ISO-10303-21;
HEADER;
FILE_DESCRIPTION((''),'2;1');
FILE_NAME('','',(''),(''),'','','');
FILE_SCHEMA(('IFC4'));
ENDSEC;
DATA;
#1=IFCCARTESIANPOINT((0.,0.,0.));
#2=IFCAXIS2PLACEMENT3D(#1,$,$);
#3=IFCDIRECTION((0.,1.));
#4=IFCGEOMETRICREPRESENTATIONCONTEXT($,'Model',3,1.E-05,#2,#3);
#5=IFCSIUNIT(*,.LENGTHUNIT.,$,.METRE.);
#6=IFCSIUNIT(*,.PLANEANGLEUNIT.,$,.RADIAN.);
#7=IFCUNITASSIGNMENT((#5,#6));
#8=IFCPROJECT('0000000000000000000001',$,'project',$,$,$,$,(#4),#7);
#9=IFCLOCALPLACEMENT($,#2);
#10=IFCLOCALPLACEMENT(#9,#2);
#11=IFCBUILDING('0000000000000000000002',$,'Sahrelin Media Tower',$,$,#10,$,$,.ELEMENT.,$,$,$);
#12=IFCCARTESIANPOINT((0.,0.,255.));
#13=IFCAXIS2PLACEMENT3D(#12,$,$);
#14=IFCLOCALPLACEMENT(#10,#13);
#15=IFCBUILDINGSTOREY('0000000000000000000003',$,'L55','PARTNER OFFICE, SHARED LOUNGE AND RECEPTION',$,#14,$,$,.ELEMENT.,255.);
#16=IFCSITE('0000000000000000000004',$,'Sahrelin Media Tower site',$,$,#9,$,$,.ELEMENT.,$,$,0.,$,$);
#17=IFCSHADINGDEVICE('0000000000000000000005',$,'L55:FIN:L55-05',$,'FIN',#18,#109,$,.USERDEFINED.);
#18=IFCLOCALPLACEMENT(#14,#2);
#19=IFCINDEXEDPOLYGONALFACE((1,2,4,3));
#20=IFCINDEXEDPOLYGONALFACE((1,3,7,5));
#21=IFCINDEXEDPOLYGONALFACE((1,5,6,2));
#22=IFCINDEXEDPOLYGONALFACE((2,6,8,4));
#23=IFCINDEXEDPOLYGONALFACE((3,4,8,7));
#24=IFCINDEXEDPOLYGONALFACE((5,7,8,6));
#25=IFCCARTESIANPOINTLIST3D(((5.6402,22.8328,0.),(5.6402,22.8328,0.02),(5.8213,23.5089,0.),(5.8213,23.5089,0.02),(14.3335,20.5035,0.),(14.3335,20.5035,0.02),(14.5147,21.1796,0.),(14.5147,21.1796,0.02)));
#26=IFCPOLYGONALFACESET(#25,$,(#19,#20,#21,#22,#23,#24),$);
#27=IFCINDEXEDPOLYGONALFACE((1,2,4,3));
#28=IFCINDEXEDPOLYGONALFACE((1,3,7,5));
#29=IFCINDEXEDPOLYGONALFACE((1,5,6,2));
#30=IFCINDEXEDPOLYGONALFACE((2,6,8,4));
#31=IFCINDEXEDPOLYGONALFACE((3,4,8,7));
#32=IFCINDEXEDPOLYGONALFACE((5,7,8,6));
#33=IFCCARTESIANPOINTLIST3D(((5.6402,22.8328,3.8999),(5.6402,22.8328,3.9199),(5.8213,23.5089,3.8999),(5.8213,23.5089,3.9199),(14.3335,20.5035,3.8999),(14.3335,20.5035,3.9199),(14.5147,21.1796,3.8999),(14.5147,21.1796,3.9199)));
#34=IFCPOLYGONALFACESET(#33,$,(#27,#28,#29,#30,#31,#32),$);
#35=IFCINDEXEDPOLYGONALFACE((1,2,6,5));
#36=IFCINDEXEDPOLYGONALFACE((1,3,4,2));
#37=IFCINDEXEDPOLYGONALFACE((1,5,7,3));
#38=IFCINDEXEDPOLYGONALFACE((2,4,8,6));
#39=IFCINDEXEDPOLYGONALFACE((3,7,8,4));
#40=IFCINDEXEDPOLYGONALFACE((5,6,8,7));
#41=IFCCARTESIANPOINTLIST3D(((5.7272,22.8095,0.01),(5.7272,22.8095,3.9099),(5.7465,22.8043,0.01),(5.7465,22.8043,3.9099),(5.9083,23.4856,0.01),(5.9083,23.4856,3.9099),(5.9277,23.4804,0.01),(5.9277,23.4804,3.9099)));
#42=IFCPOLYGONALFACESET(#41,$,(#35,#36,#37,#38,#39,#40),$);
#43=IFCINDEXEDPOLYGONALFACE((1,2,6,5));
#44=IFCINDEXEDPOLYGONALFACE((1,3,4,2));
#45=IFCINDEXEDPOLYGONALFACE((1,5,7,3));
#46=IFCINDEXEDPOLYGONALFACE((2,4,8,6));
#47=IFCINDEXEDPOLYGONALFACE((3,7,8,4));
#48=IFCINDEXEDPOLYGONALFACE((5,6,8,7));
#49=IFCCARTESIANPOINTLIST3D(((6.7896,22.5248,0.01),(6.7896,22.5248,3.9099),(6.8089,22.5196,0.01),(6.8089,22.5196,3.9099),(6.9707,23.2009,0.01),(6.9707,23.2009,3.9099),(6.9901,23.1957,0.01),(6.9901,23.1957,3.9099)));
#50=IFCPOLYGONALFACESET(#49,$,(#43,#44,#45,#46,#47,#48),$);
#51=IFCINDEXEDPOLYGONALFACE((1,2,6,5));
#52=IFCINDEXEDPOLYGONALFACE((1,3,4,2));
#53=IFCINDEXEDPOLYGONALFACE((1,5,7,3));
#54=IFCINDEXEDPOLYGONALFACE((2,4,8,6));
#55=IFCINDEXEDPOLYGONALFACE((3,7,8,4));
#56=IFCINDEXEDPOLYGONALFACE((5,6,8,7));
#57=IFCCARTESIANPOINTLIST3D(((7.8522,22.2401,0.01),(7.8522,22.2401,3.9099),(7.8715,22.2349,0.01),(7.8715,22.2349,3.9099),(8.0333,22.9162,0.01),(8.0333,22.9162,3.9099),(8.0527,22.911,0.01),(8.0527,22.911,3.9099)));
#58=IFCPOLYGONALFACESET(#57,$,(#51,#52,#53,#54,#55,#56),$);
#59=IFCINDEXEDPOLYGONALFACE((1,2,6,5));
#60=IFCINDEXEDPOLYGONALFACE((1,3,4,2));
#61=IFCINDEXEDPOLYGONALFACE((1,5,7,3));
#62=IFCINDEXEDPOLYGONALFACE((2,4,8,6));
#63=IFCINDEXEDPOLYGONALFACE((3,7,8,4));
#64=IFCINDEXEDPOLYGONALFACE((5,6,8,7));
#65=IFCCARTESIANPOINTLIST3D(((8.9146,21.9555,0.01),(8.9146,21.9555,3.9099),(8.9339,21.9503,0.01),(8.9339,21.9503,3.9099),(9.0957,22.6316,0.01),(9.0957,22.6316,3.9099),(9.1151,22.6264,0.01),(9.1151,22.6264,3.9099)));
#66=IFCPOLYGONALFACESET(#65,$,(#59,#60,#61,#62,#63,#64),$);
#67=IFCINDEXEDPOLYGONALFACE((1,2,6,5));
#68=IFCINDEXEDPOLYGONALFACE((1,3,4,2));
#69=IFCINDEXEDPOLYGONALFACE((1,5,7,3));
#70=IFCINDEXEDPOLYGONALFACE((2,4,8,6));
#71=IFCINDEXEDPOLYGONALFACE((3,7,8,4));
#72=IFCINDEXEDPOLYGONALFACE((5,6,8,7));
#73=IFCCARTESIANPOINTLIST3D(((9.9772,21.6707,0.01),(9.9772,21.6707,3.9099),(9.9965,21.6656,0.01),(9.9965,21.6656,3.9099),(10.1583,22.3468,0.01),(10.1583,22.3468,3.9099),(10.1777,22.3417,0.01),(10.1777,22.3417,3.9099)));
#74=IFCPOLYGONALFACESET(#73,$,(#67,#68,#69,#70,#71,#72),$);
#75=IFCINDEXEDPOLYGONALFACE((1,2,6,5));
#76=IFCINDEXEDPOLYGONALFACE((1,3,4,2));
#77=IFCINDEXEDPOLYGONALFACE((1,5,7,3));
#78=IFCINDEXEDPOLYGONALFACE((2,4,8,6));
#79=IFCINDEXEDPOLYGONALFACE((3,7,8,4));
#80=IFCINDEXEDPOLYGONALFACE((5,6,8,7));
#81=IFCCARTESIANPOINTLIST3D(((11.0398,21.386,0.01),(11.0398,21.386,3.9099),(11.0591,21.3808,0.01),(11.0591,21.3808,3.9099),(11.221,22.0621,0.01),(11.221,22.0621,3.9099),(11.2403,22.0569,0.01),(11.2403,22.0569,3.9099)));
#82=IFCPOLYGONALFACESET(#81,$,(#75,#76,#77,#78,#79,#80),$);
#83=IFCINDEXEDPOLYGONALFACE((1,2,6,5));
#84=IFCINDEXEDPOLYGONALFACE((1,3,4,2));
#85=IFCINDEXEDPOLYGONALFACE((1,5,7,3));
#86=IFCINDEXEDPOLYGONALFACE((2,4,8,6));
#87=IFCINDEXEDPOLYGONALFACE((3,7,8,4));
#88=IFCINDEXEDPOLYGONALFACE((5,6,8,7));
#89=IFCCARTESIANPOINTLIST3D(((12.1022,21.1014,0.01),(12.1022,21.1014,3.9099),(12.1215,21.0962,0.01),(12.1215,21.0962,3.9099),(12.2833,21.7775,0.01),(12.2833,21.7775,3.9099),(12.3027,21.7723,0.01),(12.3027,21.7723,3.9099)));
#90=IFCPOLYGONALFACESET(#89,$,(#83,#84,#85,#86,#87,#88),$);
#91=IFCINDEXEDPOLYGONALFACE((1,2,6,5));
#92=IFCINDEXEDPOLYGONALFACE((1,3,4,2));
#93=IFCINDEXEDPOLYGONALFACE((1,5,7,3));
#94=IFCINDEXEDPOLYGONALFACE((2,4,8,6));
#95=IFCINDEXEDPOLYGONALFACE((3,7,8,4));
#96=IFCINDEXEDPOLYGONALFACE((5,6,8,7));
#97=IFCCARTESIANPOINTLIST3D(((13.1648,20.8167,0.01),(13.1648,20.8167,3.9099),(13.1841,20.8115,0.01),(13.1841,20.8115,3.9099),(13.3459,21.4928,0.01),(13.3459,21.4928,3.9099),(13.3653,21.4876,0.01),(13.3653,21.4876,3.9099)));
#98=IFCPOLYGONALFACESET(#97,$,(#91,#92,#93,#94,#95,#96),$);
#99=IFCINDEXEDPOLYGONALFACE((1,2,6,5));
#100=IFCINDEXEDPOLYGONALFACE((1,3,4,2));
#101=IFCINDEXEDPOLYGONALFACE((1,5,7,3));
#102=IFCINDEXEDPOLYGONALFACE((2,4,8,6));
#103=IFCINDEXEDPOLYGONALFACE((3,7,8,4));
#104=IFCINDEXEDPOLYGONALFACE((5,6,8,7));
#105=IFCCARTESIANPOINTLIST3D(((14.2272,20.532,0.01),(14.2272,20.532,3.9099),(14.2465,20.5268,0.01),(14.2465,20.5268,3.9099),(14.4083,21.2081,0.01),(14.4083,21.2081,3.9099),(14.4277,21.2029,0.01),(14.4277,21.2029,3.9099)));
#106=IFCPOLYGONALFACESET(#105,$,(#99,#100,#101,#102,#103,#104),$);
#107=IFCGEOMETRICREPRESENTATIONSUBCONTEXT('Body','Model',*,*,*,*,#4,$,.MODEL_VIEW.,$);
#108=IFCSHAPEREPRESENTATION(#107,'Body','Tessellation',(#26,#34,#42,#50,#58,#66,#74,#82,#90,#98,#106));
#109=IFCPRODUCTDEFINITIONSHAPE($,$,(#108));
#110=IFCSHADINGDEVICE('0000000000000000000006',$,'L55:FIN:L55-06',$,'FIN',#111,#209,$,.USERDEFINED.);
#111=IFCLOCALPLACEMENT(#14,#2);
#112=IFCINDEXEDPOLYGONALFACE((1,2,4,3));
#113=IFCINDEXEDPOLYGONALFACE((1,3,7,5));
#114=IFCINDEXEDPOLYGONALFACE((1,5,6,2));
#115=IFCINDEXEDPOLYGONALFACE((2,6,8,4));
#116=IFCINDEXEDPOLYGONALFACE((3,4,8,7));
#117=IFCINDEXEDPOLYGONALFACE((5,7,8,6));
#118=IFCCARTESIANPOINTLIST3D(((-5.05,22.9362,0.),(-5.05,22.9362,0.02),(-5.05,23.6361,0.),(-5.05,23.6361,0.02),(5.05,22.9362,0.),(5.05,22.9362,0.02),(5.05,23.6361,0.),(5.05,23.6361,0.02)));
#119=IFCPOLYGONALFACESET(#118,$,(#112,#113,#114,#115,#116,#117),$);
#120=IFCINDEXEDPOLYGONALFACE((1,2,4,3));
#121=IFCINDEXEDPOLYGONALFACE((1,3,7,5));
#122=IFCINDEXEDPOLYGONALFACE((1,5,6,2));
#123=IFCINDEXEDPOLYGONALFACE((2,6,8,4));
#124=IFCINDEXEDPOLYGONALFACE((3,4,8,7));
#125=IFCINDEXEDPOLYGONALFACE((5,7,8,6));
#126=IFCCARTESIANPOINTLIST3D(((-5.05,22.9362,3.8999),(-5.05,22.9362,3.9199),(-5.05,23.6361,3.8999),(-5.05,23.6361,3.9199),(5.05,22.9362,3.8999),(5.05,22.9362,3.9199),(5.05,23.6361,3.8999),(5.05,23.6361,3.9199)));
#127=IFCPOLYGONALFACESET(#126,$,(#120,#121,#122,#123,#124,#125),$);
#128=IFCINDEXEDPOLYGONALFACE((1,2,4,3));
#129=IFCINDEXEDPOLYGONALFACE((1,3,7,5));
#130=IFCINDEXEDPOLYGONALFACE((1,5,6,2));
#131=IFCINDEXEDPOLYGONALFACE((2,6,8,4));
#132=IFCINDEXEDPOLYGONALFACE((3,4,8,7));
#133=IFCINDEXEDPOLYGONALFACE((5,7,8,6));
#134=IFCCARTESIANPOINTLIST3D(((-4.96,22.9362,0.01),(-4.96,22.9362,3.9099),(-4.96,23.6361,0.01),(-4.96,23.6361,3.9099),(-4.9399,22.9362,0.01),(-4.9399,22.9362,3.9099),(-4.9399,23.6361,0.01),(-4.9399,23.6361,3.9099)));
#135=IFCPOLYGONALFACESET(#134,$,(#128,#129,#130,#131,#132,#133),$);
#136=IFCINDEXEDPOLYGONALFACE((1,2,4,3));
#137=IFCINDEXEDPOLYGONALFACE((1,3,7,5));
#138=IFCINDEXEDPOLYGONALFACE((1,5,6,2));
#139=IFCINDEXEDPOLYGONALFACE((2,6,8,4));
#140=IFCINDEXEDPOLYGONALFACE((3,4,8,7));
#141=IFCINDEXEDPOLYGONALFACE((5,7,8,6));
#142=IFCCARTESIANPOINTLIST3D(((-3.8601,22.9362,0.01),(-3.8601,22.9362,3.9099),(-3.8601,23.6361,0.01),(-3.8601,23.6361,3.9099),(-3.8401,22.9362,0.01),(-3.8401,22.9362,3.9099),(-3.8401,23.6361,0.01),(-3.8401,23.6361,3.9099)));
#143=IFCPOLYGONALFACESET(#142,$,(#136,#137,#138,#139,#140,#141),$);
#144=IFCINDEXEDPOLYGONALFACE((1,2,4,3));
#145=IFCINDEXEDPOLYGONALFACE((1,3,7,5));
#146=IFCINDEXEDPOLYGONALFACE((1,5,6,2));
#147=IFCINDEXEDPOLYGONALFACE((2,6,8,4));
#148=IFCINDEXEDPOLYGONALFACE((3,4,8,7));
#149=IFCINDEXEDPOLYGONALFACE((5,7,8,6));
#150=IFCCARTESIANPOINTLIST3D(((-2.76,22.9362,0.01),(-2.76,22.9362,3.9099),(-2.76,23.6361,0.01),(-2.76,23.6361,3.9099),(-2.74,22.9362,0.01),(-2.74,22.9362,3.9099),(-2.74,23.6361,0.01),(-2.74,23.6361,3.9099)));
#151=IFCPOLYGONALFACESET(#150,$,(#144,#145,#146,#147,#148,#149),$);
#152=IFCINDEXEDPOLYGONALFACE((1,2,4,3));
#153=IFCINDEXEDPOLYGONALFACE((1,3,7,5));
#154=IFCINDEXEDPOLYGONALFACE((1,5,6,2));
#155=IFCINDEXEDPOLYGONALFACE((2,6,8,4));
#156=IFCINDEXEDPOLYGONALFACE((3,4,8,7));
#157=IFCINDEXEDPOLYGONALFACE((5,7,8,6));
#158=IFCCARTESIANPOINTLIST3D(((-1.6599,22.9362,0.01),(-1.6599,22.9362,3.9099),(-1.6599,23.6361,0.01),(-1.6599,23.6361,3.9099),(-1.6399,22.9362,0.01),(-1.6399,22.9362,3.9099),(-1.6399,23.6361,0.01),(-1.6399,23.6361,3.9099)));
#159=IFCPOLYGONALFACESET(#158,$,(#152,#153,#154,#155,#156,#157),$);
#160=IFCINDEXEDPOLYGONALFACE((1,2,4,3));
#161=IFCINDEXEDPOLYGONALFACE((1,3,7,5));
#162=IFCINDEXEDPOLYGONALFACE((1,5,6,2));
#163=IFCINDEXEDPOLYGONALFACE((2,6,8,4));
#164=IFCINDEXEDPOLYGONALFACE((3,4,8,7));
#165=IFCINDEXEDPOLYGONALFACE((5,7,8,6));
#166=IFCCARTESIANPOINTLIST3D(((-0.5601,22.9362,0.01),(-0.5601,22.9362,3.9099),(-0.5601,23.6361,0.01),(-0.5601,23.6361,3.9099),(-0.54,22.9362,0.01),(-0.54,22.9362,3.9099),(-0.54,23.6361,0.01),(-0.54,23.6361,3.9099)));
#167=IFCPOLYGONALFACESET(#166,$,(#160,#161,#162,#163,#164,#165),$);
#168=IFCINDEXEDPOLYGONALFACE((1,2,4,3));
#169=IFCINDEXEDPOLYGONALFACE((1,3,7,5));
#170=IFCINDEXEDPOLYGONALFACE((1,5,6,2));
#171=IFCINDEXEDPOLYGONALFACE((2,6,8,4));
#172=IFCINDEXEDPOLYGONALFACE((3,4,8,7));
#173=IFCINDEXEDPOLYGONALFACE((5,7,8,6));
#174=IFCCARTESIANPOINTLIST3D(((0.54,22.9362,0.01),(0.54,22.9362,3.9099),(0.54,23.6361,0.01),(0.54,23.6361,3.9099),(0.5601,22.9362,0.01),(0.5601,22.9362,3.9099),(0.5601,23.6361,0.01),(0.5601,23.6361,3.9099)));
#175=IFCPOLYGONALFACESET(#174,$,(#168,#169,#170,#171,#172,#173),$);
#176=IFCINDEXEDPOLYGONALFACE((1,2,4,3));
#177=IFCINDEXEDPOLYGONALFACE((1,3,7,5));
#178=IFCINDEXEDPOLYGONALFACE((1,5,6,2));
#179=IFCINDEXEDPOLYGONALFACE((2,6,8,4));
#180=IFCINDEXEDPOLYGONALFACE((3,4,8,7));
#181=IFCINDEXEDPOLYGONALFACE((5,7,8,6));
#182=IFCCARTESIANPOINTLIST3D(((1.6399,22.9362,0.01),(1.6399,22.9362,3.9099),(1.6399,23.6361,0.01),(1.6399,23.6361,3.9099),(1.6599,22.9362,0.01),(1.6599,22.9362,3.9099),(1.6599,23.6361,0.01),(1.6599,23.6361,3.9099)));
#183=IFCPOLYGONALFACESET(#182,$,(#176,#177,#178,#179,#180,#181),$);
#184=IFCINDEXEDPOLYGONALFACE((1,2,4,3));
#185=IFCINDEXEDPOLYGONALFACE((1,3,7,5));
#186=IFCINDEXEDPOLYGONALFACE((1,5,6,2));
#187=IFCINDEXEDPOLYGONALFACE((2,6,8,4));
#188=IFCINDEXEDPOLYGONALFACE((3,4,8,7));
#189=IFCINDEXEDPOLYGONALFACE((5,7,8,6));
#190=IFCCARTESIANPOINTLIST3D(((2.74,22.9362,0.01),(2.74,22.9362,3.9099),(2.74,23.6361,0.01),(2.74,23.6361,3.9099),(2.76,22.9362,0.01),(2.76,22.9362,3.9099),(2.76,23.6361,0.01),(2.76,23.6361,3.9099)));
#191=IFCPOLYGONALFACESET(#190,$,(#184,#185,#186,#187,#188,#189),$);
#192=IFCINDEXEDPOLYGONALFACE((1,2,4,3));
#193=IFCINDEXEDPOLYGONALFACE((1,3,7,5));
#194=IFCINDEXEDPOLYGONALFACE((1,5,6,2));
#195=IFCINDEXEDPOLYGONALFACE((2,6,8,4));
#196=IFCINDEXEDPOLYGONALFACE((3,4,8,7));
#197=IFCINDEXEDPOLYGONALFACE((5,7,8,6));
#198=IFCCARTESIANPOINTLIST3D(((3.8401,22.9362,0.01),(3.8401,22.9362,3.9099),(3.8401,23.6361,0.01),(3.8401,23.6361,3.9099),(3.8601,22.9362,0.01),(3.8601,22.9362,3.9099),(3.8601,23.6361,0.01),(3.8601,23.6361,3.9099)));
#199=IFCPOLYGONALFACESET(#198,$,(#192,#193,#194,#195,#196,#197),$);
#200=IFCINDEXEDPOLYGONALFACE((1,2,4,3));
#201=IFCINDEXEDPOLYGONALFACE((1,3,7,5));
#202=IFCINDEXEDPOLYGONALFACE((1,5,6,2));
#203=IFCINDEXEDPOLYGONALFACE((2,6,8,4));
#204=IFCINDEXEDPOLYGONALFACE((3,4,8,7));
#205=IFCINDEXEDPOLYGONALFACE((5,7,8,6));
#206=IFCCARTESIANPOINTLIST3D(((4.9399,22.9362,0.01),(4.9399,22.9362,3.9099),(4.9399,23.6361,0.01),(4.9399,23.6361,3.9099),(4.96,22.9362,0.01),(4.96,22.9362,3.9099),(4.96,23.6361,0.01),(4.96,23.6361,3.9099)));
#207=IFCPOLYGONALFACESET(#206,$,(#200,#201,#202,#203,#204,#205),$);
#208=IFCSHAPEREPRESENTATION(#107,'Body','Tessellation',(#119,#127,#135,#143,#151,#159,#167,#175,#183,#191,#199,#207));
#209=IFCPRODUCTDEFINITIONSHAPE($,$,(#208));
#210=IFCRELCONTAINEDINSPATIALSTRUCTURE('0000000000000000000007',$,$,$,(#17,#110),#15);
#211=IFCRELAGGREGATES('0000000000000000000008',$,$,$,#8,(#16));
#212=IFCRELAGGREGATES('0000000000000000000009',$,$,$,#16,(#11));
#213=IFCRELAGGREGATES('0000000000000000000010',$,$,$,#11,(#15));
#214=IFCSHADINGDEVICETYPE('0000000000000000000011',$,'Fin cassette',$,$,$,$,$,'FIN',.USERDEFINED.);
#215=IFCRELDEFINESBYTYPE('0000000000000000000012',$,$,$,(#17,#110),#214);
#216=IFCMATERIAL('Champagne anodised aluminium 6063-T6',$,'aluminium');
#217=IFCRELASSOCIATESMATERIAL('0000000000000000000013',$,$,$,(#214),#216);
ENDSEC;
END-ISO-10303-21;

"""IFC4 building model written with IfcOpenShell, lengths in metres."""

from ifc_helpers import new_model, si_unit, direction, frame, origin, origin_2d, place, context, subcontext, project, spatial, rectangle, extrude, material, type_object, element, save


model = new_model("IFC4")

# Units and contexts
model_context = context("Model", 3, precision=1e-05, world=origin(), true_north=direction((0.0, 1.0)))
body_context = subcontext(model_context, "Body", "Model", "MODEL_VIEW")
ifc_project = project(units=[si_unit("LENGTHUNIT", "METRE"), si_unit("PLANEANGLEUNIT", "RADIAN")], contexts=[model_context])

# Site, building, storey
site_placement = place(None, origin())
site = spatial("IfcSite", under=ifc_project, at=site_placement, Name="Sahrelin Media Tower site", CompositionType="ELEMENT", RefElevation=0.0)
building_placement = place(site_placement, origin())
building = spatial("IfcBuilding", under=site, at=building_placement, Name="Sahrelin Media Tower", CompositionType="ELEMENT")
storey_placement = place(building_placement, frame((0.0, 0.0, 255.0)))
storey = spatial("IfcBuildingStorey", under=building, at=storey_placement, Name="L55", Description="PARTNER OFFICE, SHARED LOUNGE AND RECEPTION", CompositionType="ELEMENT", Elevation=255.0)

# Shared definitions
ifc_material_1 = material(Name="Champagne anodised aluminium 6063-T6", Category="aluminium")

# Shared definitions
placement_1 = place(storey_placement, frame((0.0, 22.8662, 0.0), z_axis=(0.0, 0.0, 1.0), x_axis=(1.0, 0.0, 0.0)))

# Shading devices
shading_device_type_1 = type_object("IfcShadingDeviceType", Name="Fin cassette", ElementType="FIN", PredefinedType="USERDEFINED", material=ifc_material_1)
placement_2 = place(storey_placement, frame((9.9688, 21.6006, 0.0), z_axis=(0.0, 0.0, 1.0), x_axis=(0.965929, -0.258808, 0.0)))
element("IfcShadingDevice", 1, at=placement_2, inside=storey, type_object=shading_device_type_1, Name="L55:FIN:L55-05", ObjectType="FIN", PredefinedType="USERDEFINED", context=body_context, shape_type="SweptSolid", body=[
    extrude(rectangle(XDim=9.0, YDim=0.7, at=origin_2d()), frame((0.0, 0.4199, 0.0)), (0.0, 0.0, 1.0), 0.02),
    extrude(rectangle(XDim=9.0, YDim=0.7, at=origin_2d()), frame((0.0, 0.4199, 3.8999)), (0.0, 0.0, 1.0), 0.02),
    extrude(rectangle(XDim=0.02, YDim=0.7, at=origin_2d()), frame((-4.3999, 0.4199, 0.01), z_axis=(0.0, 0.0, 1.0), x_axis=(1.0, 0.0, 0.0)), (0.0, 0.0, 1.0), 3.8999),
    extrude(rectangle(XDim=0.02, YDim=0.7, at=origin_2d()), frame((-3.3, 0.4199, 0.01), z_axis=(0.0, 0.0, 1.0), x_axis=(1.0, 0.0, 0.0)), (0.0, 0.0, 1.0), 3.8999),
    extrude(rectangle(XDim=0.02, YDim=0.7, at=origin_2d()), frame((-2.2, 0.4199, 0.01), z_axis=(0.0, 0.0, 1.0), x_axis=(1.0, 0.0, 0.0)), (0.0, 0.0, 1.0), 3.8999),
    extrude(rectangle(XDim=0.02, YDim=0.7, at=origin_2d()), frame((-1.1001, 0.4199, 0.01), z_axis=(0.0, 0.0, 1.0), x_axis=(1.0, 0.0, 0.0)), (0.0, 0.0, 1.0), 3.8999),
    extrude(rectangle(XDim=0.02, YDim=0.7, at=origin_2d()), frame((0.0, 0.4199, 0.01), z_axis=(0.0, 0.0, 1.0), x_axis=(1.0, 0.0, 0.0)), (0.0, 0.0, 1.0), 3.8999),
    extrude(rectangle(XDim=0.02, YDim=0.7, at=origin_2d()), frame((1.1001, 0.4199, 0.01), z_axis=(0.0, 0.0, 1.0), x_axis=(1.0, 0.0, 0.0)), (0.0, 0.0, 1.0), 3.8999),
    extrude(rectangle(XDim=0.02, YDim=0.7, at=origin_2d()), frame((2.2, 0.4199, 0.01), z_axis=(0.0, 0.0, 1.0), x_axis=(1.0, 0.0, 0.0)), (0.0, 0.0, 1.0), 3.8999),
    extrude(rectangle(XDim=0.02, YDim=0.7, at=origin_2d()), frame((3.3, 0.4199, 0.01), z_axis=(0.0, 0.0, 1.0), x_axis=(1.0, 0.0, 0.0)), (0.0, 0.0, 1.0), 3.8999),
    extrude(rectangle(XDim=0.02, YDim=0.7, at=origin_2d()), frame((4.3999, 0.4199, 0.01), z_axis=(0.0, 0.0, 1.0), x_axis=(1.0, 0.0, 0.0)), (0.0, 0.0, 1.0), 3.8999),
])
element("IfcShadingDevice", 2, at=placement_1, inside=storey, type_object=shading_device_type_1, Name="L55:FIN:L55-06", ObjectType="FIN", PredefinedType="USERDEFINED", context=body_context, shape_type="SweptSolid", body=[
    extrude(rectangle(XDim=10.1001, YDim=0.7, at=origin_2d()), frame((0.0, 0.4199, 0.0)), (0.0, 0.0, 1.0), 0.02),
    extrude(rectangle(XDim=10.1001, YDim=0.7, at=origin_2d()), frame((0.0, 0.4199, 3.8999)), (0.0, 0.0, 1.0), 0.02),
    extrude(rectangle(XDim=0.02, YDim=0.7, at=origin_2d()), frame((-4.95, 0.4199, 0.01), z_axis=(0.0, 0.0, 1.0), x_axis=(1.0, 0.0, 0.0)), (0.0, 0.0, 1.0), 3.8999),
    extrude(rectangle(XDim=0.02, YDim=0.7, at=origin_2d()), frame((-3.8501, 0.4199, 0.01), z_axis=(0.0, 0.0, 1.0), x_axis=(1.0, 0.0, 0.0)), (0.0, 0.0, 1.0), 3.8999),
    extrude(rectangle(XDim=0.02, YDim=0.7, at=origin_2d()), frame((-2.75, 0.4199, 0.01), z_axis=(0.0, 0.0, 1.0), x_axis=(1.0, 0.0, 0.0)), (0.0, 0.0, 1.0), 3.8999),
    extrude(rectangle(XDim=0.02, YDim=0.7, at=origin_2d()), frame((-1.6499, 0.4199, 0.01), z_axis=(0.0, 0.0, 1.0), x_axis=(1.0, 0.0, 0.0)), (0.0, 0.0, 1.0), 3.8999),
    extrude(rectangle(XDim=0.02, YDim=0.7, at=origin_2d()), frame((-0.55, 0.4199, 0.01), z_axis=(0.0, 0.0, 1.0), x_axis=(1.0, 0.0, 0.0)), (0.0, 0.0, 1.0), 3.8999),
    extrude(rectangle(XDim=0.02, YDim=0.7, at=origin_2d()), frame((0.55, 0.4199, 0.01), z_axis=(0.0, 0.0, 1.0), x_axis=(1.0, 0.0, 0.0)), (0.0, 0.0, 1.0), 3.8999),
    extrude(rectangle(XDim=0.02, YDim=0.7, at=origin_2d()), frame((1.6499, 0.4199, 0.01), z_axis=(0.0, 0.0, 1.0), x_axis=(1.0, 0.0, 0.0)), (0.0, 0.0, 1.0), 3.8999),
    extrude(rectangle(XDim=0.02, YDim=0.7, at=origin_2d()), frame((2.75, 0.4199, 0.01), z_axis=(0.0, 0.0, 1.0), x_axis=(1.0, 0.0, 0.0)), (0.0, 0.0, 1.0), 3.8999),
    extrude(rectangle(XDim=0.02, YDim=0.7, at=origin_2d()), frame((3.8501, 0.4199, 0.01), z_axis=(0.0, 0.0, 1.0), x_axis=(1.0, 0.0, 0.0)), (0.0, 0.0, 1.0), 3.8999),
    extrude(rectangle(XDim=0.02, YDim=0.7, at=origin_2d()), frame((4.95, 0.4199, 0.01), z_axis=(0.0, 0.0, 1.0), x_axis=(1.0, 0.0, 0.0)), (0.0, 0.0, 1.0), 3.8999),
])

save(model, "model.ifc")
